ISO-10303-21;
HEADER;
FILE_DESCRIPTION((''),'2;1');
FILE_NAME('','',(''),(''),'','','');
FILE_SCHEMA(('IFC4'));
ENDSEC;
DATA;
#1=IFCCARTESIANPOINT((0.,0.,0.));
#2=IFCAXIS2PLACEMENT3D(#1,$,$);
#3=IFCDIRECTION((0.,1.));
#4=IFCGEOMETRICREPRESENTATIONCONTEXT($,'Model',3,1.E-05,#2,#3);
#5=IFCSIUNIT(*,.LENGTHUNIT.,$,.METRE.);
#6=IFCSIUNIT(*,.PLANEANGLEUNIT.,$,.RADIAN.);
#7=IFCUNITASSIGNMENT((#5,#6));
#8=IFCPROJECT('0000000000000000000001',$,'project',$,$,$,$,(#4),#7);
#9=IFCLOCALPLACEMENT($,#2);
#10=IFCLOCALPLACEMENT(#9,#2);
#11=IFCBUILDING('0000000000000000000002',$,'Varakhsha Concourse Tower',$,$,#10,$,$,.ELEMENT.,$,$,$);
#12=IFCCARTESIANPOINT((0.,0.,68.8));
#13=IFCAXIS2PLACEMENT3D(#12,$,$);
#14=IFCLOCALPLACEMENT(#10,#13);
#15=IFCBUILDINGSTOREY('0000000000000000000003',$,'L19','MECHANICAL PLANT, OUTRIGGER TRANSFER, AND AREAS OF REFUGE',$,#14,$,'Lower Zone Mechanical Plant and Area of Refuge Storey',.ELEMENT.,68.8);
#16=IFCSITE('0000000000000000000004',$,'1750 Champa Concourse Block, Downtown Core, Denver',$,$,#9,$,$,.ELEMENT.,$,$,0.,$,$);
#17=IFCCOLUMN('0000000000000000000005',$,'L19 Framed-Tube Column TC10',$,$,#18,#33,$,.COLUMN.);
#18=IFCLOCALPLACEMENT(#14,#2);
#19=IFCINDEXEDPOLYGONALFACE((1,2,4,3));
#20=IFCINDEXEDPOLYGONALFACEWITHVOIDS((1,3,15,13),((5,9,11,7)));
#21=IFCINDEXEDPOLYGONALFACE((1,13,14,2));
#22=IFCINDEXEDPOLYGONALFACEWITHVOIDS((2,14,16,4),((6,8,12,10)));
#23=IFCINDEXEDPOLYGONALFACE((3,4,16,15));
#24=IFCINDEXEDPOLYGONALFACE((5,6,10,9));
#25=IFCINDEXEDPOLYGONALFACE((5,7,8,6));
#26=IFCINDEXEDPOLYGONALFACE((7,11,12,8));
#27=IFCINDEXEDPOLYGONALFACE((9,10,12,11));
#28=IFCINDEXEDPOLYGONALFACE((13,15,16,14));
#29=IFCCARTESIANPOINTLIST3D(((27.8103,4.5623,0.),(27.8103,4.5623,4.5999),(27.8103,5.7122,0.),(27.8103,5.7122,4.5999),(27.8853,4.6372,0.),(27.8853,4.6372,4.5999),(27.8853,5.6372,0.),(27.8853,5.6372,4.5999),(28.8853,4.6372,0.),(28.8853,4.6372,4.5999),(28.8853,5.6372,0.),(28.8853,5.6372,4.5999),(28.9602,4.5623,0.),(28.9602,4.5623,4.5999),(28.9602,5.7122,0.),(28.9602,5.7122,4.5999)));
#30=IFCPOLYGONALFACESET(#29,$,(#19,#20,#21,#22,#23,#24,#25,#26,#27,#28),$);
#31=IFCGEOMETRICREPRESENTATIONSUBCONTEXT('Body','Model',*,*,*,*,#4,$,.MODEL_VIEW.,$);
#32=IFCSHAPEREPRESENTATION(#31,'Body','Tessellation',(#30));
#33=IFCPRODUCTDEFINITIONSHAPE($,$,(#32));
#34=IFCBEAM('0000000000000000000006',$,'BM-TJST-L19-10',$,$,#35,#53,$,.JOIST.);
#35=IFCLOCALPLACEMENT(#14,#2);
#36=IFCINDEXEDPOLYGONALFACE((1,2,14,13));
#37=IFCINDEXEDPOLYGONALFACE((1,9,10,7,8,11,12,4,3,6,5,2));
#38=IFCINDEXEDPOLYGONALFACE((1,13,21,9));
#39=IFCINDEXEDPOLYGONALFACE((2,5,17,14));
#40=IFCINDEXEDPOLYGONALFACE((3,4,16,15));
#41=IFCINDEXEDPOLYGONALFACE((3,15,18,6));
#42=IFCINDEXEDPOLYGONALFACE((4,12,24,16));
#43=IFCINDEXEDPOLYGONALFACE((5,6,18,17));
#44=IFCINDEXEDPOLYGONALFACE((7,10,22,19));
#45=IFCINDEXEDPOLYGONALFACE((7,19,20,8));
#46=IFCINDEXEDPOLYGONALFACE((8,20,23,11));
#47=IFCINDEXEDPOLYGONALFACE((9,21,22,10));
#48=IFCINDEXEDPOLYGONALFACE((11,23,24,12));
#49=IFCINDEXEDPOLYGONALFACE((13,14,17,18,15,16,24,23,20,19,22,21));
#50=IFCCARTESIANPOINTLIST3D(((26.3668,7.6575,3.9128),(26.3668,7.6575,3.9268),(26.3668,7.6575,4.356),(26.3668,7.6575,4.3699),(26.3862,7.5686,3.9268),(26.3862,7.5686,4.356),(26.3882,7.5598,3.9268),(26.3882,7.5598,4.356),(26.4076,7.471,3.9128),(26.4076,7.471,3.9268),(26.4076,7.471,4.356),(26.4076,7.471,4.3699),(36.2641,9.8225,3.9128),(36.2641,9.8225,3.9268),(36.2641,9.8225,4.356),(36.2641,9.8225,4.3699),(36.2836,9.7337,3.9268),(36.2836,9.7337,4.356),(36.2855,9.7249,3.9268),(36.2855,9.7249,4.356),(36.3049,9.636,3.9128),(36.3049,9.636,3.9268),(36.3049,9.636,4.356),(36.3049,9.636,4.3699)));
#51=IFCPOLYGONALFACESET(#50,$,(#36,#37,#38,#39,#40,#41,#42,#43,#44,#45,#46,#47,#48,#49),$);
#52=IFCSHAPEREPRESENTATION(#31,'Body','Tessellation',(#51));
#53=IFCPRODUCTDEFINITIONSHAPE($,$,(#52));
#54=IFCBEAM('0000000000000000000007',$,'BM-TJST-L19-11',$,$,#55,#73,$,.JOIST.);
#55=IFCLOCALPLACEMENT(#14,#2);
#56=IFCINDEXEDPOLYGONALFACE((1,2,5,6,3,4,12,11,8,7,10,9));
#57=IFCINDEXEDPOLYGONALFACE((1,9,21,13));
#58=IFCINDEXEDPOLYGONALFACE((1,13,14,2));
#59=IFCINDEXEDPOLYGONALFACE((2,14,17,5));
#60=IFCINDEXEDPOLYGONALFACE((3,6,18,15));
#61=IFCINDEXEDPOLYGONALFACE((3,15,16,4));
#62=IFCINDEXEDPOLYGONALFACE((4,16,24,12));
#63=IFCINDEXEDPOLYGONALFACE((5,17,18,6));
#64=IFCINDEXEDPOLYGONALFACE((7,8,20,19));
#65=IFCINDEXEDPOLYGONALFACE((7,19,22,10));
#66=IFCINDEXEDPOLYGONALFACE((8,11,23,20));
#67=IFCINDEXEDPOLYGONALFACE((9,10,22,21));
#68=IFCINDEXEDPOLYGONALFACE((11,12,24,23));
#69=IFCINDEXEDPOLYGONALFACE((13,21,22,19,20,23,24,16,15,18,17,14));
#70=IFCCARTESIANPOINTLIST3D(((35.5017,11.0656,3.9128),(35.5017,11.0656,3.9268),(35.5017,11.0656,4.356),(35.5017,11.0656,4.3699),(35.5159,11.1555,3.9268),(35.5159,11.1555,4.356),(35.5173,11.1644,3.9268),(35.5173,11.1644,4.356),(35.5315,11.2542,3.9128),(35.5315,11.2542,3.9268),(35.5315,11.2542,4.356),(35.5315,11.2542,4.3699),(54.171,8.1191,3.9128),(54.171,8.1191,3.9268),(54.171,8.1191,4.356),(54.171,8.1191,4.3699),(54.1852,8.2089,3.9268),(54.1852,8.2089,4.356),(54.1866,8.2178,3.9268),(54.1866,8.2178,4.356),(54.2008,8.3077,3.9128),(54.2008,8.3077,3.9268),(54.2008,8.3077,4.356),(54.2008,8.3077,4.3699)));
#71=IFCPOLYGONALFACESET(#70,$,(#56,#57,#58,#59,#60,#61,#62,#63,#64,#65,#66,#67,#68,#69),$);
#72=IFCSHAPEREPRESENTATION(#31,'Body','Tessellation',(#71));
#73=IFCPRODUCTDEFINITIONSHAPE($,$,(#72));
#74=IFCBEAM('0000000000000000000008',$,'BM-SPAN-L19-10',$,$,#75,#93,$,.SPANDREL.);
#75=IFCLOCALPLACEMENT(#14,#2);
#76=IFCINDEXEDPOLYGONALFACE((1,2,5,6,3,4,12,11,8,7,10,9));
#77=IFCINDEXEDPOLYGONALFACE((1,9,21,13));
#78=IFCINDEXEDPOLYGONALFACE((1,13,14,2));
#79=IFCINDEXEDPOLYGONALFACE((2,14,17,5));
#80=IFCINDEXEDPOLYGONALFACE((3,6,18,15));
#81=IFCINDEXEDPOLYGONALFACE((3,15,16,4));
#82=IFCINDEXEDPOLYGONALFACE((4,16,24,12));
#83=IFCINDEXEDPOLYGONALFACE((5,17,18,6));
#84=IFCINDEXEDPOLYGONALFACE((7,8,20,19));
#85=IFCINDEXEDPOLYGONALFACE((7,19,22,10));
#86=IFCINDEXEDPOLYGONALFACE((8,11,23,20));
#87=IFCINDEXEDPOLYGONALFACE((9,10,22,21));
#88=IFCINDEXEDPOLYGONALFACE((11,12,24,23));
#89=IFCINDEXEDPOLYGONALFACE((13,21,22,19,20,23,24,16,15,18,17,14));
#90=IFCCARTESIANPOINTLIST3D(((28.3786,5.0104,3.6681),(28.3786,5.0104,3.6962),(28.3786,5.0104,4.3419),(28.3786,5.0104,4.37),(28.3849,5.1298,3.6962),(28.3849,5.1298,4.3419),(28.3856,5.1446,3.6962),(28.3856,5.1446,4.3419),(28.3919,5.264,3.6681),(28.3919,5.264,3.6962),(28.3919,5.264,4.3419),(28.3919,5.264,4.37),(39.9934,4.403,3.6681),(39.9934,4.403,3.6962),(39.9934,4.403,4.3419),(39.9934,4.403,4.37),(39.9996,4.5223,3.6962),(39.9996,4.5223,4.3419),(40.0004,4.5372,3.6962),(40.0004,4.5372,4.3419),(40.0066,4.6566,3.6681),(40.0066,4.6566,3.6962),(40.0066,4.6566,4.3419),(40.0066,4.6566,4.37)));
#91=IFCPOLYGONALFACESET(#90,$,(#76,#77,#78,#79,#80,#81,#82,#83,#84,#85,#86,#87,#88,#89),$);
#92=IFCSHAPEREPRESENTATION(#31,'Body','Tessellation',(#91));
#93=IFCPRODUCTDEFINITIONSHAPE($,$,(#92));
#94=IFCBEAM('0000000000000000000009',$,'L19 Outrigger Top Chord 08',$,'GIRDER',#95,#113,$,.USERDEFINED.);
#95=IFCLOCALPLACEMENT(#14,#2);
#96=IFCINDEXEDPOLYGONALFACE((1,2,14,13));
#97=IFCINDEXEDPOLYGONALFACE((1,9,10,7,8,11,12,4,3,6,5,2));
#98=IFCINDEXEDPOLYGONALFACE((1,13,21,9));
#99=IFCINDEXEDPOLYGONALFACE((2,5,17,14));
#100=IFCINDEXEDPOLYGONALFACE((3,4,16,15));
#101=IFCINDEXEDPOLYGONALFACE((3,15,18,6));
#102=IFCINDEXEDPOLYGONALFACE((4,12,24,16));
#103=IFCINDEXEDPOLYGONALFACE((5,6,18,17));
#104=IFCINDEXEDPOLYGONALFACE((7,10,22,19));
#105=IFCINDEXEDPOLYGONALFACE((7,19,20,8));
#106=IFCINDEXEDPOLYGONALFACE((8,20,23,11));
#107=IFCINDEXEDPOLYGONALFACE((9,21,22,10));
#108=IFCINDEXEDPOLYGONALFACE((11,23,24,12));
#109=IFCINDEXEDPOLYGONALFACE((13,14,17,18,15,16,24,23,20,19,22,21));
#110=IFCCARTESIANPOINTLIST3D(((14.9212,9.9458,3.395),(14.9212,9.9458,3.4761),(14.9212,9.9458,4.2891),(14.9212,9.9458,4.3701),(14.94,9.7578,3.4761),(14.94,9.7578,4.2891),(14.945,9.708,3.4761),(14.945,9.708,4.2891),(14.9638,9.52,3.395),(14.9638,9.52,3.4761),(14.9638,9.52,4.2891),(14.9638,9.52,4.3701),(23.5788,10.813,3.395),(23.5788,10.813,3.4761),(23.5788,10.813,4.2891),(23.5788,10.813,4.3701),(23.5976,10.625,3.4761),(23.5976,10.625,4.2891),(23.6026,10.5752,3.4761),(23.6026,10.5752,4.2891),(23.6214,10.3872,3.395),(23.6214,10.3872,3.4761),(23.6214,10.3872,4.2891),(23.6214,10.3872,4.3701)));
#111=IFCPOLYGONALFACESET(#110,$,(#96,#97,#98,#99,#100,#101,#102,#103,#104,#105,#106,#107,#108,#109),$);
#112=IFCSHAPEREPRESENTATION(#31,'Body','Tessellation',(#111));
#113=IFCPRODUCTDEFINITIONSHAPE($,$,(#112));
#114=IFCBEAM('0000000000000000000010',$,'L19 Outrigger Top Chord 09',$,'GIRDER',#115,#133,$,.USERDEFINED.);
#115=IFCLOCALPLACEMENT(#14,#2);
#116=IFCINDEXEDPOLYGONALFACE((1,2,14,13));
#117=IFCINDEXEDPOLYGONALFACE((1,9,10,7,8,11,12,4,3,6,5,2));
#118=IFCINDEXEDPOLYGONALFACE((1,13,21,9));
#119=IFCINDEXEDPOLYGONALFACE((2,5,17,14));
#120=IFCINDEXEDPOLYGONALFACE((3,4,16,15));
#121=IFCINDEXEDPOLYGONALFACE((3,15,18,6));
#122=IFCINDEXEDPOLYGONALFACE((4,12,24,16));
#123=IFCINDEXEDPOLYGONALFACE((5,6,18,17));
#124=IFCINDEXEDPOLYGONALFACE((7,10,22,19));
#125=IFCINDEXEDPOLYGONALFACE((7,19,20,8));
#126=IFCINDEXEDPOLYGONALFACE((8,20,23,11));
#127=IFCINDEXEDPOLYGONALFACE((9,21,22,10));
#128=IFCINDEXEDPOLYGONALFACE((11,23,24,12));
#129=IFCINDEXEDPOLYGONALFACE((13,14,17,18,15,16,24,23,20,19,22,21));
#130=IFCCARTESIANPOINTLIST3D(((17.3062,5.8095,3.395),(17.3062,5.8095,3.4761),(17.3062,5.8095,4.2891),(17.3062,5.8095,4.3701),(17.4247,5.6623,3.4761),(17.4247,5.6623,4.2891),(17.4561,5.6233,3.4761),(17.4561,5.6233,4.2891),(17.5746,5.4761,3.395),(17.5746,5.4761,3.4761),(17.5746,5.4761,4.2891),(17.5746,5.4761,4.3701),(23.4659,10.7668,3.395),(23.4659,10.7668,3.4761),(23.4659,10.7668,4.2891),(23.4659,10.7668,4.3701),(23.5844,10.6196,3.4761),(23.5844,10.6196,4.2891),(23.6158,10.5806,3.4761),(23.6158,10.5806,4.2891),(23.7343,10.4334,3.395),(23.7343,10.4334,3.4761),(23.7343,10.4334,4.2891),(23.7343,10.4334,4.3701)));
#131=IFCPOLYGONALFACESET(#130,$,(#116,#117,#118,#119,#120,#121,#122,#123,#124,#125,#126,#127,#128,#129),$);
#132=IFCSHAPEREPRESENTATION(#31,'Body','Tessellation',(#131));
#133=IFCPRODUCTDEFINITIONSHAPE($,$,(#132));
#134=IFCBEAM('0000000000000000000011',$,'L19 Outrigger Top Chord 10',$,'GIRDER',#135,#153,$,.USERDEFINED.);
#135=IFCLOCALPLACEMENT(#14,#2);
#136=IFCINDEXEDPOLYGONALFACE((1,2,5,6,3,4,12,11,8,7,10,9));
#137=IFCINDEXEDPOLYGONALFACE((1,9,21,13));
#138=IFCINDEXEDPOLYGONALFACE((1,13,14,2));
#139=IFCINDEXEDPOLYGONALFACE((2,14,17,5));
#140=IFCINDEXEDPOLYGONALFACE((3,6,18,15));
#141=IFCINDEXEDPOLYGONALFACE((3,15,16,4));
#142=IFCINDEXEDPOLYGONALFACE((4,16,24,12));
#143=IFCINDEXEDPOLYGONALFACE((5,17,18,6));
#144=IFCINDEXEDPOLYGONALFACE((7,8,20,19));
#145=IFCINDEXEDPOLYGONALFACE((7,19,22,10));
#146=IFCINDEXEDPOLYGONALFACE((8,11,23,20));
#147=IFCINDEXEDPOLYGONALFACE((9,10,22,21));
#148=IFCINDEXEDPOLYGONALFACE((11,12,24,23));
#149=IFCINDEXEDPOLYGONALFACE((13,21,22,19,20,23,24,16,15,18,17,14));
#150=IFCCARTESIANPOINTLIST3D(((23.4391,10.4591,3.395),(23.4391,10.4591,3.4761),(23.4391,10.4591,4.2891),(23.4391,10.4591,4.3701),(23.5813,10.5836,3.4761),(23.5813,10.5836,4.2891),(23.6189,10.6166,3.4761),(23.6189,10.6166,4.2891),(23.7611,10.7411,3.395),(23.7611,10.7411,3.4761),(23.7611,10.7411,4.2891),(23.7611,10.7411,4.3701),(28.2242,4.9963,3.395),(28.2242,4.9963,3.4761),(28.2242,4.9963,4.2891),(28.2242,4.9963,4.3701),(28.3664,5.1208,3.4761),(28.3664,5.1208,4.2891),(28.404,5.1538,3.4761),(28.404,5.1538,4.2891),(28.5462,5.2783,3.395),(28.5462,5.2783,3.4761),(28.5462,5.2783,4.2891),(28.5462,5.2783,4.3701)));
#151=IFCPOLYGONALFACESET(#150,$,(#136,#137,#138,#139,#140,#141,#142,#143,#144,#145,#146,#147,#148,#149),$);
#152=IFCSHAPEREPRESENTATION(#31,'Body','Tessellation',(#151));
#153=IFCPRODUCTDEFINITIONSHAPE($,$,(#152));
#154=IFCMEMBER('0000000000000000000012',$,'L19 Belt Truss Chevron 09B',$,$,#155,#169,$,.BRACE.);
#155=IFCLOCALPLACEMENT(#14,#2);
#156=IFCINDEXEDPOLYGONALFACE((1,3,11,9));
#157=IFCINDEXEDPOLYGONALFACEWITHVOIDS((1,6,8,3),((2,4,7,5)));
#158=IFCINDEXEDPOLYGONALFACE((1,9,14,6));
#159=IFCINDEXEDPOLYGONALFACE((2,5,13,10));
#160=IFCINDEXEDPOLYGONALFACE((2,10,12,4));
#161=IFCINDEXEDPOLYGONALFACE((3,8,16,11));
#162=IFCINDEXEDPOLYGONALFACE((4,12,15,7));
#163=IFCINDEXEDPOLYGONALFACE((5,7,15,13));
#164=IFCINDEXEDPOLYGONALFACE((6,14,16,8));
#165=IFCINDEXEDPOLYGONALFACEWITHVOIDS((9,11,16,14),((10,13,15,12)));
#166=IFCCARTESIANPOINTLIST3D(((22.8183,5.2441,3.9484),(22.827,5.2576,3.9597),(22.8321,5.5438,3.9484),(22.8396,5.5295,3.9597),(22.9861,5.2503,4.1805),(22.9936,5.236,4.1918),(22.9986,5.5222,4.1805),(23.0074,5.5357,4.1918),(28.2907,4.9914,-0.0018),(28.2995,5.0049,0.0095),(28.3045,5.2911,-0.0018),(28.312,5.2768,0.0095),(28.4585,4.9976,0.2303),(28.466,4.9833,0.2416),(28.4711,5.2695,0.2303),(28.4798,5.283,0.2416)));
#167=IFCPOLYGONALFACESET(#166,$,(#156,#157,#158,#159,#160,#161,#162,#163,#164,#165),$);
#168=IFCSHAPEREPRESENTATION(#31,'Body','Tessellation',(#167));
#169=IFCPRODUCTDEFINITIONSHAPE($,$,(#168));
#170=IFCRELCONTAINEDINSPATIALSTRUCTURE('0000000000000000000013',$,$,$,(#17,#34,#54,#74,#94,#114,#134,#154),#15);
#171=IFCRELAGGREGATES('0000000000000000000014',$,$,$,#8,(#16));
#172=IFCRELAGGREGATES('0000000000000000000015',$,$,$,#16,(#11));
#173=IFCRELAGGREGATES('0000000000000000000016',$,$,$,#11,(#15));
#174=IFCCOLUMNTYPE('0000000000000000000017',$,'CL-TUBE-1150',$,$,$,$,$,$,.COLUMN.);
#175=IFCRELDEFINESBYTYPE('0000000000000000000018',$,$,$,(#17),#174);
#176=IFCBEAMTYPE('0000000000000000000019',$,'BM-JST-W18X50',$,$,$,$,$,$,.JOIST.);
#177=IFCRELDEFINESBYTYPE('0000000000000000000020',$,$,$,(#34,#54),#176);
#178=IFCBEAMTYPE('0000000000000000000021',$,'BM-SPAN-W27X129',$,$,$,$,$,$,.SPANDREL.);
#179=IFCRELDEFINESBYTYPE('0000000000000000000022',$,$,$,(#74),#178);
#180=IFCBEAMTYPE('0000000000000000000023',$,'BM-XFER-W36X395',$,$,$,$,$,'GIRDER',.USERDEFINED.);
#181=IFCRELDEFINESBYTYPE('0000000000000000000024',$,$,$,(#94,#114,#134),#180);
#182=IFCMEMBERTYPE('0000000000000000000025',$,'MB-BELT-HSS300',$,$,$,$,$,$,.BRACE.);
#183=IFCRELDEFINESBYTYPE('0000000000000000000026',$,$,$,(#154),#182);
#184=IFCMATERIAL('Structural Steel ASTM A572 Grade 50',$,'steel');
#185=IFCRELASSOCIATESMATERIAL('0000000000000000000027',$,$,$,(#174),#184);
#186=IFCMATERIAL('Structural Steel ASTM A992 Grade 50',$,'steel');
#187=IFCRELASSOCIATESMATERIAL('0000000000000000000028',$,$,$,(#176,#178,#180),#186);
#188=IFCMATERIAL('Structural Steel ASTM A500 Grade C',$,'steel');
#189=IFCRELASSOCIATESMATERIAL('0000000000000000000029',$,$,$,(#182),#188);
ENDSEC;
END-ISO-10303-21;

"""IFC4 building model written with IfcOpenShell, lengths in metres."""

from ifc_helpers import new_model, si_unit, direction, frame, origin, origin_2d, place, context, subcontext, project, spatial, hollow_rectangle, i_section, extrude, source, transform, mapped, material, material_profile, profile_set, type_object, element, save


model = new_model("IFC4")

# Units and contexts
model_context = context("Model", 3, precision=1e-05, world=origin(), true_north=direction((0.0, 1.0)))
body_context = subcontext(model_context, "Body", "Model", "MODEL_VIEW")
ifc_project = project(units=[si_unit("LENGTHUNIT", "METRE"), si_unit("PLANEANGLEUNIT", "RADIAN")], contexts=[model_context])

# Site, building, storey
site_placement = place(None, origin())
site = spatial("IfcSite", under=ifc_project, at=site_placement, Name="1750 Champa Concourse Block, Downtown Core, Denver", CompositionType="ELEMENT", RefElevation=0.0)
building_placement = place(site_placement, origin())
building = spatial("IfcBuilding", under=site, at=building_placement, Name="Varakhsha Concourse Tower", CompositionType="ELEMENT")
storey_placement = place(building_placement, frame((0.0, 0.0, 68.8)))
storey = spatial("IfcBuildingStorey", under=building, at=storey_placement, Name="L19", Description="MECHANICAL PLANT, OUTRIGGER TRANSFER, AND AREAS OF REFUGE", LongName="Lower Zone Mechanical Plant and Area of Refuge Storey", CompositionType="ELEMENT", Elevation=68.8)

# Column
ifc_material_1 = material(Name="Structural Steel ASTM A572 Grade 50", Category="steel")
ifc_material_profile_1 = material_profile(ifc_material_1, hollow_rectangle(XDim=1.1499, YDim=1.1499, WallThickness=0.075, at=origin_2d()), Name="BOX 1150x1150x75")
ifc_profile_set_1 = profile_set([ifc_material_profile_1], Name="Structural Steel ASTM A572 Grade 50")
column_type = type_object("IfcColumnType", Name="CL-TUBE-1150", PredefinedType="COLUMN", material=ifc_profile_set_1)
column_placement = place(storey_placement, frame((28.3853, 5.1372, 0.0), z_axis=(0.0, 0.0, 1.0), x_axis=(1.0, 0.0, 0.0)))
element("IfcColumn", 1, at=column_placement, inside=storey, type_object=column_type, Name="L19 Framed-Tube Column TC10", PredefinedType="COLUMN", context=body_context, shape_type="SweptSolid", body=[
    extrude(hollow_rectangle(XDim=1.1499, YDim=1.1499, WallThickness=0.075, at=origin_2d()), origin(), (0.0, 0.0, 1.0), 4.5999),
])

# Beams
ifc_material_2 = material(Name="Structural Steel ASTM A992 Grade 50", Category="steel")
ifc_material_profile_2 = material_profile(ifc_material_2, i_section(OverallWidth=0.1909, OverallDepth=0.457, WebThickness=0.009, FlangeThickness=0.0139, at=origin_2d()), Name="W18X50")
ifc_profile_set_2 = profile_set([ifc_material_profile_2], Name="Structural Steel ASTM A992 Grade 50")
beam_type_1 = type_object("IfcBeamType", Name="BM-JST-W18X50", PredefinedType="JOIST", material=ifc_profile_set_2)
beam_1_placement = place(storey_placement, frame((26.3872, 7.5642, 4.1414), z_axis=(0.9769, 0.213699, 0.0), x_axis=(-0.213699, 0.9769, 0.0)))
element("IfcBeam", 2, at=beam_1_placement, inside=storey, type_object=beam_type_1, Name="BM-TJST-L19-10", PredefinedType="JOIST", context=body_context, shape_type="SweptSolid", body=[
    extrude(i_section(OverallWidth=0.1909, OverallDepth=0.457, WebThickness=0.009, FlangeThickness=0.0139, at=origin_2d()), origin(), (0.0, 0.0, 1.0), 10.1313),
])
beam_2_placement = place(storey_placement, frame((35.5166, 11.1599, 4.1414), z_axis=(0.987773, -0.155899, 0.0), x_axis=(0.155899, 0.987773, 0.0)))
element("IfcBeam", 3, at=beam_2_placement, inside=storey, type_object=beam_type_1, Name="BM-TJST-L19-11", PredefinedType="JOIST", context=body_context, shape_type="SweptSolid", body=[
    extrude(i_section(OverallWidth=0.1909, OverallDepth=0.457, WebThickness=0.009, FlangeThickness=0.0139, at=origin_2d()), origin(), (0.0, 0.0, 1.0), 18.9004),
])
ifc_material_profile_3 = material_profile(ifc_material_2, i_section(OverallWidth=0.2539, OverallDepth=0.7019, WebThickness=0.0149, FlangeThickness=0.0281, at=origin_2d()), Name="W27X129")
ifc_profile_set_3 = profile_set([ifc_material_profile_3], Name="Structural Steel ASTM A992 Grade 50")
beam_type_2 = type_object("IfcBeamType", Name="BM-SPAN-W27X129", PredefinedType="SPANDREL", material=ifc_profile_set_3)
beam_3_placement = place(storey_placement, frame((28.3853, 5.1372, 4.019), z_axis=(0.998635, -0.052226, 0.0), x_axis=(0.052226, 0.998635, 0.0)))
element("IfcBeam", 4, at=beam_3_placement, inside=storey, type_object=beam_type_2, Name="BM-SPAN-L19-10", PredefinedType="SPANDREL", context=body_context, shape_type="SweptSolid", body=[
    extrude(i_section(OverallWidth=0.2539, OverallDepth=0.7019, WebThickness=0.0149, FlangeThickness=0.0281, at=origin_2d()), origin(), (0.0, 0.0, 1.0), 11.6306),
])
ifc_material_profile_4 = material_profile(ifc_material_2, i_section(OverallWidth=0.428, OverallDepth=0.9751, WebThickness=0.05, FlangeThickness=0.0811, at=origin_2d()), Name="W36X395")
ifc_profile_set_4 = profile_set([ifc_material_profile_4], Name="Structural Steel ASTM A992 Grade 50")
beam_type_3 = type_object("IfcBeamType", Name="BM-XFER-W36X395", ElementType="GIRDER", PredefinedType="USERDEFINED", material=ifc_profile_set_4)
beam_4_placement = place(storey_placement, frame((23.6001, 10.6001, 3.8826), z_axis=(-0.995021, -0.099665, 0.0), x_axis=(0.099665, -0.995021, 0.0)))
element("IfcBeam", 5, at=beam_4_placement, inside=storey, type_object=beam_type_3, Name="L19 Outrigger Top Chord 08", ObjectType="GIRDER", PredefinedType="USERDEFINED", context=body_context, shape_type="SweptSolid", body=[
    extrude(i_section(OverallWidth=0.428, OverallDepth=0.9751, WebThickness=0.05, FlangeThickness=0.0811, at=origin_2d()), origin(), (0.0, 0.0, 1.0), 8.7009),
])
beam_5_placement = place(storey_placement, frame((23.6001, 10.6001, 3.8826), z_axis=(-0.779043, -0.626971, 0.0), x_axis=(0.626971, -0.779043, 0.0)))
element("IfcBeam", 6, at=beam_5_placement, inside=storey, type_object=beam_type_3, Name="L19 Outrigger Top Chord 09", ObjectType="GIRDER", PredefinedType="USERDEFINED", context=body_context, shape_type="SweptSolid", body=[
    extrude(i_section(OverallWidth=0.428, OverallDepth=0.9751, WebThickness=0.05, FlangeThickness=0.0811, at=origin_2d()), origin(), (0.0, 0.0, 1.0), 7.9067),
])
beam_6_placement = place(storey_placement, frame((23.6001, 10.6001, 3.8826), z_axis=(0.658904, -0.752227, 0.0), x_axis=(0.752227, 0.658904, 0.0)))
element("IfcBeam", 7, at=beam_6_placement, inside=storey, type_object=beam_type_3, Name="L19 Outrigger Top Chord 10", ObjectType="GIRDER", PredefinedType="USERDEFINED", context=body_context, shape_type="SweptSolid", body=[
    extrude(i_section(OverallWidth=0.428, OverallDepth=0.9751, WebThickness=0.05, FlangeThickness=0.0811, at=origin_2d()), origin(), (0.0, 0.0, 1.0), 7.2622),
])

# Member
ifc_material_3 = material(Name="Structural Steel ASTM A500 Grade C", Category="steel")
ifc_material_profile_5 = material_profile(ifc_material_3, hollow_rectangle(XDim=0.3, YDim=0.3, WallThickness=0.0139, at=origin_2d()), Name="HSS 300x300x14")
ifc_profile_set_5 = profile_set([ifc_material_profile_5], Name="Structural Steel ASTM A500 Grade C")
member_type_1 = type_object("IfcMemberType", Name="MB-BELT-HSS300", PredefinedType="BRACE", material=ifc_profile_set_5)
shared_shape_1 = source(origin(), body_context, "Body", "SweptSolid", [
    extrude(hollow_rectangle(XDim=0.3, YDim=0.3, WallThickness=0.0139, at=origin_2d()), origin(), (0.0, 0.0, 1.0), 6.7539),
])
member_1_placement = place(storey_placement, frame((28.3853, 5.1372, 0.1199), z_axis=(-0.810259, 0.037413, 0.584876), x_axis=(-0.046125, -0.998936, 0.0)))
element("IfcMember", 8, at=member_1_placement, inside=storey, type_object=member_type_1, Name="L19 Belt Truss Chevron 09B", PredefinedType="BRACE", context=body_context, shape_type="MappedRepresentation", body=[
    mapped(shared_shape_1, transform((0.0, 0.0, 0.0), scale=1.0)),
])

save(model, "model.ifc")
